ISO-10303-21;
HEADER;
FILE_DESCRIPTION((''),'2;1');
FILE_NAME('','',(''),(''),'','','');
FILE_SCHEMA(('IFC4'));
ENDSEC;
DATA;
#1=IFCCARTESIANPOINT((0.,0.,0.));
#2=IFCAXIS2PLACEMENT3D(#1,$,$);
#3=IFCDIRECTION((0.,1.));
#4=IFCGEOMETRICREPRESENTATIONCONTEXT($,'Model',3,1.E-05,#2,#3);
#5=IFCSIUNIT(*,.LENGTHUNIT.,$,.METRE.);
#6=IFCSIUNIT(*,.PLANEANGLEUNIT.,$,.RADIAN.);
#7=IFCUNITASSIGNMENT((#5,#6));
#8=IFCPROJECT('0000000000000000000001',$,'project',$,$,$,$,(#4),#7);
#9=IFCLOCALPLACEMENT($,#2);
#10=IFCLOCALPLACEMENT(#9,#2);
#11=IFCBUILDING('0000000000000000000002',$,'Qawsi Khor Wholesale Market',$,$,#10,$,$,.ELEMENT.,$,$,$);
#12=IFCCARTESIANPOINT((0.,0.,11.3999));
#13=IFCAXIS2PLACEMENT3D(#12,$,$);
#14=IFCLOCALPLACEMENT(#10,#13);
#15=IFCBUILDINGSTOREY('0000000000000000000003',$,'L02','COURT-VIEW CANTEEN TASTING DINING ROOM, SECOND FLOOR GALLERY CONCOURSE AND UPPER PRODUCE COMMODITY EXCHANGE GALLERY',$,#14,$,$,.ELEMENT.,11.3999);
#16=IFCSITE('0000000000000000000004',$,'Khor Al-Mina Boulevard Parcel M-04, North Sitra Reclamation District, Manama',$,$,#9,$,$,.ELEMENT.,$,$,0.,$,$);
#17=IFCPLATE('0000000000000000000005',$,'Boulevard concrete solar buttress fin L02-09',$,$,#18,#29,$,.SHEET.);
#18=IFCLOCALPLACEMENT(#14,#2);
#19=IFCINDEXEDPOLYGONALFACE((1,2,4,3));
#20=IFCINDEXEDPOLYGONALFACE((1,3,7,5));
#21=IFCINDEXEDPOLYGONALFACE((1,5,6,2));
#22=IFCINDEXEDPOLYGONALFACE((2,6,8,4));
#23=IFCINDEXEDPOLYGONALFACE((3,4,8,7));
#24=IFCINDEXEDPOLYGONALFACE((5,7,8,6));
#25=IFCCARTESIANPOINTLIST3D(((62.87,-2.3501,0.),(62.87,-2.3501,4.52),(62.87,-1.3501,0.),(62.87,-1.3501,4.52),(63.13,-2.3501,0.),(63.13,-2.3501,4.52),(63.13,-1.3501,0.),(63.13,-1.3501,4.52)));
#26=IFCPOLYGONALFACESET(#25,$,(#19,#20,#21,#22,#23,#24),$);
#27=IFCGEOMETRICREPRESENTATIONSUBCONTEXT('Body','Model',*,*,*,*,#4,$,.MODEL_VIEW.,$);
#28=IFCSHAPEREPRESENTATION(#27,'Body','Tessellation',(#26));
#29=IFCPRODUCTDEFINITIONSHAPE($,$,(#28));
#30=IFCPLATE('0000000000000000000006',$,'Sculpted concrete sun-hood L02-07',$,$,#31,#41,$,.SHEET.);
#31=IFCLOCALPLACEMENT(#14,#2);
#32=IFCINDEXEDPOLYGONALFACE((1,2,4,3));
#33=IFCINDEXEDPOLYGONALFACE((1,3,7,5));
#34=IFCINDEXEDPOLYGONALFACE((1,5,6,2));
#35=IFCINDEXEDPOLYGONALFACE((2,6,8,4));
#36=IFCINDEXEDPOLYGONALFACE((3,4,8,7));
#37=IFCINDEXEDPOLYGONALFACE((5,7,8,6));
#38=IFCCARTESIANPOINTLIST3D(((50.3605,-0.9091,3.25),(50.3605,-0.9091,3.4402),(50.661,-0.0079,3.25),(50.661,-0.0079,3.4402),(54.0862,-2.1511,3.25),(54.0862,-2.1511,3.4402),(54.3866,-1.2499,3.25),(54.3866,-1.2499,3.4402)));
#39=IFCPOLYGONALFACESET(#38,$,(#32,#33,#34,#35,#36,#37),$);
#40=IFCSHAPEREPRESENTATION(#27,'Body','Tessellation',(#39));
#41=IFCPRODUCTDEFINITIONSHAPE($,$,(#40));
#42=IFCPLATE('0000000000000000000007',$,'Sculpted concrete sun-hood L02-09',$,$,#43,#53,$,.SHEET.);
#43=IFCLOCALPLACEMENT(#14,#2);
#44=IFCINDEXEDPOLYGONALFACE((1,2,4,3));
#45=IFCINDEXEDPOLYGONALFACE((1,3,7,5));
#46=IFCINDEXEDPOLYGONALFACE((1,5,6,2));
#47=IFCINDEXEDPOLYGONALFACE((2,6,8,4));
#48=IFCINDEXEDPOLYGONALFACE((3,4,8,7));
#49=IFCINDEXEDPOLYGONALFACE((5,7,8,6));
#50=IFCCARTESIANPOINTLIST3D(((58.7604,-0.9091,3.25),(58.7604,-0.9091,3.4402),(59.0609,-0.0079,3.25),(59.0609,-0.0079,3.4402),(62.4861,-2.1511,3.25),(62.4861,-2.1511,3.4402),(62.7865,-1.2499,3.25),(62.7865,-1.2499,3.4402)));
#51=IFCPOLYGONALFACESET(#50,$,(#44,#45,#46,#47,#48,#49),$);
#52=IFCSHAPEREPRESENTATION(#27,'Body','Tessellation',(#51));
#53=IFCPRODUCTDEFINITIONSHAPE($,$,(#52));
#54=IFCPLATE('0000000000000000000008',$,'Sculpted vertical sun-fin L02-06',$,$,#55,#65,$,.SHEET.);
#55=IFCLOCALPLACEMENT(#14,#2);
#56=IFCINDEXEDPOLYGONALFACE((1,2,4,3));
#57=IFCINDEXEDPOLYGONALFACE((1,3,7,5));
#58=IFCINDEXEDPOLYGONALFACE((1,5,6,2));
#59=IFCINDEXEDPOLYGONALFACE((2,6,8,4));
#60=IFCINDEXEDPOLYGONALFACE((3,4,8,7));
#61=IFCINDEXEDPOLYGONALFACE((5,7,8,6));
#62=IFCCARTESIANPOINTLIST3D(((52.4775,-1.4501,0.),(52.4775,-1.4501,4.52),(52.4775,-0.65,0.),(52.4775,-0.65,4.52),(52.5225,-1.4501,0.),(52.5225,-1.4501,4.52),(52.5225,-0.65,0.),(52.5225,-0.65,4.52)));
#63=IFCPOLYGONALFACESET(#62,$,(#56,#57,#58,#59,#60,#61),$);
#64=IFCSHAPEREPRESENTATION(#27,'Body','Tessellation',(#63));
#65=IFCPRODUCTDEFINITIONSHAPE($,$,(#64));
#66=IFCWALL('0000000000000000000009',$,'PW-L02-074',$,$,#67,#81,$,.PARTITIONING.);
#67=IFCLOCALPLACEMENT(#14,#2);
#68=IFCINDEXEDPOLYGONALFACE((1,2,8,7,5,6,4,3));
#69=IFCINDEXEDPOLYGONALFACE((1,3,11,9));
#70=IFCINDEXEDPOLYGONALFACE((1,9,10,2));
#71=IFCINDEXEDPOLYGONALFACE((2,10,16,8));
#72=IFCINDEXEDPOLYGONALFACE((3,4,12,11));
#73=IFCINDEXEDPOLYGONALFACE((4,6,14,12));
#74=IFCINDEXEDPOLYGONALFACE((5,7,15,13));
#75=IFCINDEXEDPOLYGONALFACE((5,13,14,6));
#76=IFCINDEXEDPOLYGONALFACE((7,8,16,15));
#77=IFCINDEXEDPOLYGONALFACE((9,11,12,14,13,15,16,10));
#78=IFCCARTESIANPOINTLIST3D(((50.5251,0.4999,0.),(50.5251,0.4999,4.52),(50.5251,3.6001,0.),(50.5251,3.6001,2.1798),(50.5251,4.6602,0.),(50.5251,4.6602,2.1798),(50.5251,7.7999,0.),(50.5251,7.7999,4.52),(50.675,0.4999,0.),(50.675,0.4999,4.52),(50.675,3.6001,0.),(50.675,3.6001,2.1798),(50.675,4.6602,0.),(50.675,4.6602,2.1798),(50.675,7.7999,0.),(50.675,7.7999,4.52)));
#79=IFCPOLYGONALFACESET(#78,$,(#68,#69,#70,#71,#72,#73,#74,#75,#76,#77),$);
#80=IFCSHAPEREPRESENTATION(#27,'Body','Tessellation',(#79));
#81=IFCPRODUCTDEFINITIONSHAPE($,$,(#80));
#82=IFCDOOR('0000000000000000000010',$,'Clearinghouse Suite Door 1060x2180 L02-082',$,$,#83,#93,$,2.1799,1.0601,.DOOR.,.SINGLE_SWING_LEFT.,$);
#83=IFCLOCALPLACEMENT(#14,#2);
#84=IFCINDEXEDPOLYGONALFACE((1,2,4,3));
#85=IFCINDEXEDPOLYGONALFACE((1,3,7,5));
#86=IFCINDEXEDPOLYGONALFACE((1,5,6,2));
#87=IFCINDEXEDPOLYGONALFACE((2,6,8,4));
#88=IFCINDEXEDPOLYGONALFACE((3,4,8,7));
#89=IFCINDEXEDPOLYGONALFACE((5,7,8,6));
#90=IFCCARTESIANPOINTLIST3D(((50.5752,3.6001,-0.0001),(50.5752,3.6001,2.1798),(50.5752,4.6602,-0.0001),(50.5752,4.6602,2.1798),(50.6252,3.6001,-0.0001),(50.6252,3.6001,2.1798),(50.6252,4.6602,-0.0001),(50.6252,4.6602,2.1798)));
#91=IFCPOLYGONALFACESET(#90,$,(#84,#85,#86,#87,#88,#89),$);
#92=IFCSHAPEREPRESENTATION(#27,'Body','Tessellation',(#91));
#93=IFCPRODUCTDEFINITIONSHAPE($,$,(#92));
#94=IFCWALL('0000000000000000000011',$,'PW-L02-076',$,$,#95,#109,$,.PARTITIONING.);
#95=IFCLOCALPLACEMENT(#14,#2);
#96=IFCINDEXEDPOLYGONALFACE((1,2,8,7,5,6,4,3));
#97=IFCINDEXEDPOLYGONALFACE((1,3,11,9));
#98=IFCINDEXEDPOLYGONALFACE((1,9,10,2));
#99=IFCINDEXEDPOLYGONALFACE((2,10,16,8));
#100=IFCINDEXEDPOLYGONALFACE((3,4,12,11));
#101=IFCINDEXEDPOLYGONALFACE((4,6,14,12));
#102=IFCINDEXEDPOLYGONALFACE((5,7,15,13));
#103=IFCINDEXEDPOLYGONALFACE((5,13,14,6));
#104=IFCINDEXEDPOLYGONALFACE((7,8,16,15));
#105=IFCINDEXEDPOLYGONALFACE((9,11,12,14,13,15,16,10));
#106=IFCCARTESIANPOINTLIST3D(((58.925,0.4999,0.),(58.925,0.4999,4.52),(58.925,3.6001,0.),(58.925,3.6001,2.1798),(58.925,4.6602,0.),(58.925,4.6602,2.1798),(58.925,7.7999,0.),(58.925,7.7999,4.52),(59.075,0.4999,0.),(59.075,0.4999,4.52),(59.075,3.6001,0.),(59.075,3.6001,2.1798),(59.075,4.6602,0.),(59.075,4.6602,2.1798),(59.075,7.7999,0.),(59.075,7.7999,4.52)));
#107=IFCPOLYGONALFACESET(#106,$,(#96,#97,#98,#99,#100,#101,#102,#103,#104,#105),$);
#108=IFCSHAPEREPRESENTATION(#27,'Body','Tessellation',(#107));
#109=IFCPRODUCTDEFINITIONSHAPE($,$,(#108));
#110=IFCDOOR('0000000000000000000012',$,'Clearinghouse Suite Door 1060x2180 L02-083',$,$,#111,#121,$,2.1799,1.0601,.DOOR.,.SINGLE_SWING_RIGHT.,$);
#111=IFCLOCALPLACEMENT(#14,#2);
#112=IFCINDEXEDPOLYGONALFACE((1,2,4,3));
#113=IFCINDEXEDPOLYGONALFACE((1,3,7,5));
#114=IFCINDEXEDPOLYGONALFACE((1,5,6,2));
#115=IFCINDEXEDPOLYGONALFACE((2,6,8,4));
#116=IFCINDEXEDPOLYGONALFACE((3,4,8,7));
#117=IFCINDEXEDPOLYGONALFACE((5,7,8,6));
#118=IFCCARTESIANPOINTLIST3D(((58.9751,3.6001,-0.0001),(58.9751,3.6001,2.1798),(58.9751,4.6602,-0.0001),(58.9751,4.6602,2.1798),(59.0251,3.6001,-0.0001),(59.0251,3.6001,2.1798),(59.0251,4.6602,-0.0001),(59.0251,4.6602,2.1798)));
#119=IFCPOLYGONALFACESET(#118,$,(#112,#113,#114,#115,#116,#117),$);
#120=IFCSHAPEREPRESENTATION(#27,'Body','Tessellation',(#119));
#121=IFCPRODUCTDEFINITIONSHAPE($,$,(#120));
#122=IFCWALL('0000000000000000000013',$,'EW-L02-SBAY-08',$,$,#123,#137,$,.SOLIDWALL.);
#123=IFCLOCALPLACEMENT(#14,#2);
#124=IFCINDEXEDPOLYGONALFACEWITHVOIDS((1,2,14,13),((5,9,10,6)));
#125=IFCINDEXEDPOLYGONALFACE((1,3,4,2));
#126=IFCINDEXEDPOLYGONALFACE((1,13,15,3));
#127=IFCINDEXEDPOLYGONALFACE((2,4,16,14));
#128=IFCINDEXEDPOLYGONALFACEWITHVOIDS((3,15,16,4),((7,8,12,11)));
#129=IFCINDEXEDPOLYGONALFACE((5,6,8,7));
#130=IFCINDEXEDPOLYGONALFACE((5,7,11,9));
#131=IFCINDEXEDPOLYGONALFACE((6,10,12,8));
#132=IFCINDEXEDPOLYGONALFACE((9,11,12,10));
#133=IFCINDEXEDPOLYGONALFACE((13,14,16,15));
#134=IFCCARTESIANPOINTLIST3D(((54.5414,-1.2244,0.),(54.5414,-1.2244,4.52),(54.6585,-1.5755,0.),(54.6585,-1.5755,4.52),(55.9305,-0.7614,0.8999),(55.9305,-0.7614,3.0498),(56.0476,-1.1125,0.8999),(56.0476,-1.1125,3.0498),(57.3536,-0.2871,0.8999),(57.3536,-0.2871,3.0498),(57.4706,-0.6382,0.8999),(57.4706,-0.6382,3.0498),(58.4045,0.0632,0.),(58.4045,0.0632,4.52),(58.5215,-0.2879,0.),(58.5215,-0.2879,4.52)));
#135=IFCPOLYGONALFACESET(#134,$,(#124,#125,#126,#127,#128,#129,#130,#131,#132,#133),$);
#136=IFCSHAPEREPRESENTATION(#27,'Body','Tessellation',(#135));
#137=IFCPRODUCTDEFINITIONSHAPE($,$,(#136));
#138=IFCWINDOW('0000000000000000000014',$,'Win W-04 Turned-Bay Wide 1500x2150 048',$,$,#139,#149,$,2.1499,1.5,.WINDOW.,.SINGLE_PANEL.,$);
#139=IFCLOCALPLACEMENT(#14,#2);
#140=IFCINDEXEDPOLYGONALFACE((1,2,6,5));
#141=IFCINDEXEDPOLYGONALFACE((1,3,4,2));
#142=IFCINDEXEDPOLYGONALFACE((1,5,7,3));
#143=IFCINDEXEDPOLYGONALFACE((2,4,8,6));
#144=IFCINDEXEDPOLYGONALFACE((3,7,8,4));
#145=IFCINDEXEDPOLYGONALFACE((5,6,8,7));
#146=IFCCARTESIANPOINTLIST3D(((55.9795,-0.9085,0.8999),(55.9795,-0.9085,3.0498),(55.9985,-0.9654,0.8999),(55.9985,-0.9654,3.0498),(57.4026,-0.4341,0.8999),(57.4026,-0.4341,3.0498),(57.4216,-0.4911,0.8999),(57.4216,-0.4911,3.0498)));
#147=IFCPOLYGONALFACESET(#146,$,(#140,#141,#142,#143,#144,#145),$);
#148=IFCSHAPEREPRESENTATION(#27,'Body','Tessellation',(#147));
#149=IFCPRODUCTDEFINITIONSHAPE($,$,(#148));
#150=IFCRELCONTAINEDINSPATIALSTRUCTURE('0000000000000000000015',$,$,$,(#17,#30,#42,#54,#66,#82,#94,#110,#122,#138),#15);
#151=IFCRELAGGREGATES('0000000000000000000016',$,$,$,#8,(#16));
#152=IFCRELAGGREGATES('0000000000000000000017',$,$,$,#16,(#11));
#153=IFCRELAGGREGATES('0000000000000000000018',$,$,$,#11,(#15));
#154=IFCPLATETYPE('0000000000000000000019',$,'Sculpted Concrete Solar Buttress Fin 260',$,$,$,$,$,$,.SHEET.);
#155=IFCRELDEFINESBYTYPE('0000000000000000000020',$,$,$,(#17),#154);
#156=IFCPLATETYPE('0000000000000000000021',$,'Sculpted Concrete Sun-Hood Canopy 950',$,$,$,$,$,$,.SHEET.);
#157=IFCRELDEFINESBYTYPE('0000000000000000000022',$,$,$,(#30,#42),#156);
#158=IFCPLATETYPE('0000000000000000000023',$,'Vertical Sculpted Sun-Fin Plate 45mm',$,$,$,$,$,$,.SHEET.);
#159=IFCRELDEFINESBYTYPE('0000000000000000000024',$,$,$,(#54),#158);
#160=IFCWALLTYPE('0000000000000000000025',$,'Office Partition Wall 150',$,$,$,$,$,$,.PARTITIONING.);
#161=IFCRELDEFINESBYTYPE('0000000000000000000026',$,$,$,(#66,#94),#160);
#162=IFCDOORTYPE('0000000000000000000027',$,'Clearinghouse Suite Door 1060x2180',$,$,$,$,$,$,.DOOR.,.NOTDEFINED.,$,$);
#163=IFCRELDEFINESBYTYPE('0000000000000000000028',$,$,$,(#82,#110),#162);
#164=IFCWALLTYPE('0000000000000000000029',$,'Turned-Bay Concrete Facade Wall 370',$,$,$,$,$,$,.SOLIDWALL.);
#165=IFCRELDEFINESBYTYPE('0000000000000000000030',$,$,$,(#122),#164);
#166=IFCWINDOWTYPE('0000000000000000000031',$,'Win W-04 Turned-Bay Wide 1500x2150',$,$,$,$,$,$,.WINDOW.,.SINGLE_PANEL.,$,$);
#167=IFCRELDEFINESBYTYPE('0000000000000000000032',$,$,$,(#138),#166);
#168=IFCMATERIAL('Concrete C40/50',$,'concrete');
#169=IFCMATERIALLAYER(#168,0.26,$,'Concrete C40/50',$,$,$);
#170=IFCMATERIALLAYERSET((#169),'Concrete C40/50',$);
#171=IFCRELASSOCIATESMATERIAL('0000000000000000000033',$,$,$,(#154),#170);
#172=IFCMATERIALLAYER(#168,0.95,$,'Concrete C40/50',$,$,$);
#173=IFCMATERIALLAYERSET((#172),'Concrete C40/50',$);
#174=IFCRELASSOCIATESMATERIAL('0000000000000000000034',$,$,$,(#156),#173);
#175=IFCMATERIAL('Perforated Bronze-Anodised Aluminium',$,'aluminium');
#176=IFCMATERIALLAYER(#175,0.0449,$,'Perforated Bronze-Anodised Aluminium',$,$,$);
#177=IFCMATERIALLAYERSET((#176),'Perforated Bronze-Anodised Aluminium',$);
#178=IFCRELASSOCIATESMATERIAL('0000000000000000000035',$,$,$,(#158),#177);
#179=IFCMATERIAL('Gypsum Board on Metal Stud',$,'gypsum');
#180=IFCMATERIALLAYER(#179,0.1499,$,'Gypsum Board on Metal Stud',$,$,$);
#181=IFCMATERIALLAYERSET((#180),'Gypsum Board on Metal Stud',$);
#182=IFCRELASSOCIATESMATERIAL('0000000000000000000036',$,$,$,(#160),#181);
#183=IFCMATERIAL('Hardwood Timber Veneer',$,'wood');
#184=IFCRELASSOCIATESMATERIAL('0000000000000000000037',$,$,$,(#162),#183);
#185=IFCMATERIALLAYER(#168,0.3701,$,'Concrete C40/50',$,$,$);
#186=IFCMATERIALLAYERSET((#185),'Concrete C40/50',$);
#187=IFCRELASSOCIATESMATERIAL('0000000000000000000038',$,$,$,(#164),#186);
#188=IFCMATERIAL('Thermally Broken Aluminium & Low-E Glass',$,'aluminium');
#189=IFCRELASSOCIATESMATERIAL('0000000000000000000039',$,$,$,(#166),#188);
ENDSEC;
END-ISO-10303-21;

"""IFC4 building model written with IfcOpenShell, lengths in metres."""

from ifc_helpers import new_model, si_unit, direction, frame, frame_2d, origin, place, context, subcontext, project, spatial, rectangle, extrude, material, layer, layer_set, type_object, element, fill, save


model = new_model("IFC4")

# Units and contexts
model_context = context("Model", 3, precision=1e-05, world=origin(), true_north=direction((0.0, 1.0)))
body_context = subcontext(model_context, "Body", "Model", "MODEL_VIEW")
ifc_project = project(units=[si_unit("LENGTHUNIT", "METRE"), si_unit("PLANEANGLEUNIT", "RADIAN")], contexts=[model_context])

# Site, building, storey
site_placement = place(None, origin())
site = spatial("IfcSite", under=ifc_project, at=site_placement, Name="Khor Al-Mina Boulevard Parcel M-04, North Sitra Reclamation District, Manama", CompositionType="ELEMENT", RefElevation=0.0)
building_placement = place(site_placement, origin())
building = spatial("IfcBuilding", under=site, at=building_placement, Name="Qawsi Khor Wholesale Market", CompositionType="ELEMENT")
storey_placement = place(building_placement, frame((0.0, 0.0, 11.3999)))
storey = spatial("IfcBuildingStorey", under=building, at=storey_placement, Name="L02", Description="COURT-VIEW CANTEEN TASTING DINING ROOM, SECOND FLOOR GALLERY CONCOURSE AND UPPER PRODUCE COMMODITY EXCHANGE GALLERY", CompositionType="ELEMENT", Elevation=11.3999)

# Shared definitions
ifc_material_1 = material(Name="Concrete C40/50", Category="concrete")

# Plates
ifc_material_2 = material(Name="Perforated Bronze-Anodised Aluminium", Category="aluminium")
ifc_layer_1 = layer(ifc_material_1, 0.26, Name="Concrete C40/50")
ifc_layer_set_1 = layer_set([ifc_layer_1], Name="Concrete C40/50")
plate_type_1 = type_object("IfcPlateType", Name="Sculpted Concrete Solar Buttress Fin 260", PredefinedType="SHEET", material=ifc_layer_set_1)
plate_1_placement = place(storey_placement, frame((63.0, -2.3501, 0.0), z_axis=(0.0, 0.0, 1.0), x_axis=(0.0, 1.0, 0.0)))
element("IfcPlate", 1, at=plate_1_placement, inside=storey, type_object=plate_type_1, Name="Boulevard concrete solar buttress fin L02-09", PredefinedType="SHEET", context=body_context, shape_type="SweptSolid", body=[
    extrude(rectangle(XDim=1.0, YDim=0.26, at=frame_2d((0.5, 0.0))), origin(), (0.0, 0.0, 1.0), 4.52),
])
ifc_layer_2 = layer(ifc_material_1, 0.95, Name="Concrete C40/50")
ifc_layer_set_2 = layer_set([ifc_layer_2], Name="Concrete C40/50")
plate_type_2 = type_object("IfcPlateType", Name="Sculpted Concrete Sun-Hood Canopy 950", PredefinedType="SHEET", material=ifc_layer_set_2)
for number, where, z_axis, x_axis, name in (
    (2, (50.5107, -0.4585, 3.25), (0.0, 0.0, 1.0), (0.948677, -0.316246, 0.0), "Sculpted concrete sun-hood L02-07"),
    (3, (58.9106, -0.4585, 3.25), (0.0, 0.0, 1.0), (0.948677, -0.316246, 0.0), "Sculpted concrete sun-hood L02-09"),
):
    element("IfcPlate", number, at=place(storey_placement, frame(where, z_axis=z_axis, x_axis=x_axis)), inside=storey, type_object=plate_type_2, Name=name, PredefinedType="SHEET", context=body_context, shape_type="SweptSolid", body=[
        extrude(rectangle(XDim=3.9272, YDim=0.95, at=frame_2d((1.9636, 0.0))), origin(), (0.0, 0.0, 1.0), 0.1902),
    ])
ifc_layer_3 = layer(ifc_material_2, 0.0449, Name="Perforated Bronze-Anodised Aluminium")
ifc_layer_set_3 = layer_set([ifc_layer_3], Name="Perforated Bronze-Anodised Aluminium")
plate_type_3 = type_object("IfcPlateType", Name="Vertical Sculpted Sun-Fin Plate 45mm", PredefinedType="SHEET", material=ifc_layer_set_3)
plate_2_placement = place(storey_placement, frame((52.5, -1.45, 0.0), z_axis=(0.0, 0.0, 1.0), x_axis=(0.0, 1.0, 0.0)))
element("IfcPlate", 4, at=plate_2_placement, inside=storey, type_object=plate_type_3, Name="Sculpted vertical sun-fin L02-06", PredefinedType="SHEET", context=body_context, shape_type="SweptSolid", body=[
    extrude(rectangle(XDim=0.8, YDim=0.0449, at=frame_2d((0.3999, 0.0))), origin(), (0.0, 0.0, 1.0), 4.52),
])

# Walls, openings, doors
ifc_material_3 = material(Name="Gypsum Board on Metal Stud", Category="gypsum")
ifc_layer_4 = layer(ifc_material_3, 0.1499, Name="Gypsum Board on Metal Stud")
ifc_layer_set_4 = layer_set([ifc_layer_4], Name="Gypsum Board on Metal Stud")
wall_type_1 = type_object("IfcWallType", Name="Office Partition Wall 150", PredefinedType="PARTITIONING", material=ifc_layer_set_4)
wall_1_placement = place(storey_placement, frame((50.6001, 0.5, 0.0), z_axis=(0.0, 0.0, 1.0), x_axis=(0.0, 1.0, 0.0)))
wall_1 = element("IfcWall", 5, at=wall_1_placement, inside=storey, type_object=wall_type_1, Name="PW-L02-074", PredefinedType="PARTITIONING", context=body_context, shape_type="SweptSolid", body=[
    extrude(rectangle(XDim=7.3, YDim=0.1499, at=frame_2d((3.6499, 0.0))), origin(), (0.0, 0.0, 1.0), 4.52),
])
opening_1_placement = place(wall_1_placement, frame((3.1001, 0.0, 0.0)))
opening_1 = element("IfcOpeningElement", 6, at=opening_1_placement, cuts=wall_1, PredefinedType="OPENING", context=body_context, shape_type="SweptSolid", body=[
    extrude(rectangle(XDim=1.0601, YDim=2.1799, at=frame_2d((0.53, 1.0898))), frame((0.0, 0.085, 0.0), z_axis=(0.0, -1.0, 0.0), x_axis=(1.0, 0.0, 0.0)), (0.0, 0.0, 1.0), 0.1699),
])
ifc_material_4 = material(Name="Hardwood Timber Veneer", Category="wood")
door_type = type_object("IfcDoorType", Name="Clearinghouse Suite Door 1060x2180", OperationType="NOTDEFINED", PredefinedType="DOOR", material=ifc_material_4)
door_1_placement = place(opening_1_placement, origin())
door_1 = element("IfcDoor", 7, at=door_1_placement, inside=storey, type_object=door_type, Name="Clearinghouse Suite Door 1060x2180 L02-082", OperationType="SINGLE_SWING_LEFT", OverallHeight=2.1799, OverallWidth=1.0601, PredefinedType="DOOR", context=body_context, shape_type="SweptSolid", body=[
    extrude(rectangle(XDim=1.0601, YDim=2.1799, at=frame_2d((0.53, 1.0898))), frame((0.0, 0.0249, 0.0), z_axis=(0.0, -1.0, 0.0), x_axis=(1.0, 0.0, 0.0)), (0.0, 0.0, 1.0), 0.05),
])
fill(opening_1, door_1)
wall_2_placement = place(storey_placement, frame((59.0, 0.5, 0.0), z_axis=(0.0, 0.0, 1.0), x_axis=(0.0, 1.0, 0.0)))
wall_2 = element("IfcWall", 8, at=wall_2_placement, inside=storey, type_object=wall_type_1, Name="PW-L02-076", PredefinedType="PARTITIONING", context=body_context, shape_type="SweptSolid", body=[
    extrude(rectangle(XDim=7.3, YDim=0.1499, at=frame_2d((3.6499, 0.0))), origin(), (0.0, 0.0, 1.0), 4.52),
])
opening_2_placement = place(wall_2_placement, frame((3.1001, 0.0, 0.0)))
opening_2 = element("IfcOpeningElement", 9, at=opening_2_placement, cuts=wall_2, PredefinedType="OPENING", context=body_context, shape_type="SweptSolid", body=[
    extrude(rectangle(XDim=1.0601, YDim=2.1799, at=frame_2d((0.53, 1.0898))), frame((0.0, 0.085, 0.0), z_axis=(0.0, -1.0, 0.0), x_axis=(1.0, 0.0, 0.0)), (0.0, 0.0, 1.0), 0.1699),
])
door_2_placement = place(opening_2_placement, origin())
door_2 = element("IfcDoor", 10, at=door_2_placement, inside=storey, type_object=door_type, Name="Clearinghouse Suite Door 1060x2180 L02-083", OperationType="SINGLE_SWING_RIGHT", OverallHeight=2.1799, OverallWidth=1.0601, PredefinedType="DOOR", context=body_context, shape_type="SweptSolid", body=[
    extrude(rectangle(XDim=1.0601, YDim=2.1799, at=frame_2d((0.53, 1.0898))), frame((0.0, 0.0249, 0.0), z_axis=(0.0, -1.0, 0.0), x_axis=(1.0, 0.0, 0.0)), (0.0, 0.0, 1.0), 0.05),
])
fill(opening_2, door_2)

# Wall, opening, window
ifc_layer_5 = layer(ifc_material_1, 0.3701, Name="Concrete C40/50")
ifc_layer_set_5 = layer_set([ifc_layer_5], Name="Concrete C40/50")
wall_type_2 = type_object("IfcWallType", Name="Turned-Bay Concrete Facade Wall 370", PredefinedType="SOLIDWALL", material=ifc_layer_set_5)
wall_3_placement = place(storey_placement, frame((58.4631, -0.1123, 0.0), z_axis=(0.0, 0.0, 1.0), x_axis=(-0.948689, -0.31621, 0.0)))
wall_3 = element("IfcWall", 11, at=wall_3_placement, inside=storey, type_object=wall_type_2, Name="EW-L02-SBAY-08", PredefinedType="SOLIDWALL", context=body_context, shape_type="SweptSolid", body=[
    extrude(rectangle(XDim=4.072, YDim=0.3701, at=frame_2d((2.0361, 0.0))), origin(), (0.0, 0.0, 1.0), 4.52),
])
opening_3_placement = place(wall_3_placement, frame((1.1079, 0.0, 0.8999)))
opening_3 = element("IfcOpeningElement", 12, at=opening_3_placement, cuts=wall_3, PredefinedType="OPENING", context=body_context, shape_type="SweptSolid", body=[
    extrude(rectangle(XDim=1.5, YDim=2.1499, at=frame_2d((0.75, 1.075))), frame((0.0, 0.1951, 0.0), z_axis=(0.0, -1.0, 0.0), x_axis=(1.0, 0.0, 0.0)), (0.0, 0.0, 1.0), 0.3901),
])
ifc_material_5 = material(Name="Thermally Broken Aluminium & Low-E Glass", Category="aluminium")
window_type_1 = type_object("IfcWindowType", Name="Win W-04 Turned-Bay Wide 1500x2150", PartitioningType="SINGLE_PANEL", PredefinedType="WINDOW", material=ifc_material_5)
window_1_placement = place(opening_3_placement, origin())
window_1 = element("IfcWindow", 13, at=window_1_placement, inside=storey, type_object=window_type_1, Name="Win W-04 Turned-Bay Wide 1500x2150 048", OverallHeight=2.1499, OverallWidth=1.5, PartitioningType="SINGLE_PANEL", PredefinedType="WINDOW", context=body_context, shape_type="SweptSolid", body=[
    extrude(rectangle(XDim=1.5, YDim=2.1499, at=frame_2d((0.75, 1.075))), frame((0.0, 0.03, 0.0), z_axis=(0.0, -1.0, 0.0), x_axis=(1.0, 0.0, 0.0)), (0.0, 0.0, 1.0), 0.0601),
])
fill(opening_3, window_1)

save(model, "model.ifc")
